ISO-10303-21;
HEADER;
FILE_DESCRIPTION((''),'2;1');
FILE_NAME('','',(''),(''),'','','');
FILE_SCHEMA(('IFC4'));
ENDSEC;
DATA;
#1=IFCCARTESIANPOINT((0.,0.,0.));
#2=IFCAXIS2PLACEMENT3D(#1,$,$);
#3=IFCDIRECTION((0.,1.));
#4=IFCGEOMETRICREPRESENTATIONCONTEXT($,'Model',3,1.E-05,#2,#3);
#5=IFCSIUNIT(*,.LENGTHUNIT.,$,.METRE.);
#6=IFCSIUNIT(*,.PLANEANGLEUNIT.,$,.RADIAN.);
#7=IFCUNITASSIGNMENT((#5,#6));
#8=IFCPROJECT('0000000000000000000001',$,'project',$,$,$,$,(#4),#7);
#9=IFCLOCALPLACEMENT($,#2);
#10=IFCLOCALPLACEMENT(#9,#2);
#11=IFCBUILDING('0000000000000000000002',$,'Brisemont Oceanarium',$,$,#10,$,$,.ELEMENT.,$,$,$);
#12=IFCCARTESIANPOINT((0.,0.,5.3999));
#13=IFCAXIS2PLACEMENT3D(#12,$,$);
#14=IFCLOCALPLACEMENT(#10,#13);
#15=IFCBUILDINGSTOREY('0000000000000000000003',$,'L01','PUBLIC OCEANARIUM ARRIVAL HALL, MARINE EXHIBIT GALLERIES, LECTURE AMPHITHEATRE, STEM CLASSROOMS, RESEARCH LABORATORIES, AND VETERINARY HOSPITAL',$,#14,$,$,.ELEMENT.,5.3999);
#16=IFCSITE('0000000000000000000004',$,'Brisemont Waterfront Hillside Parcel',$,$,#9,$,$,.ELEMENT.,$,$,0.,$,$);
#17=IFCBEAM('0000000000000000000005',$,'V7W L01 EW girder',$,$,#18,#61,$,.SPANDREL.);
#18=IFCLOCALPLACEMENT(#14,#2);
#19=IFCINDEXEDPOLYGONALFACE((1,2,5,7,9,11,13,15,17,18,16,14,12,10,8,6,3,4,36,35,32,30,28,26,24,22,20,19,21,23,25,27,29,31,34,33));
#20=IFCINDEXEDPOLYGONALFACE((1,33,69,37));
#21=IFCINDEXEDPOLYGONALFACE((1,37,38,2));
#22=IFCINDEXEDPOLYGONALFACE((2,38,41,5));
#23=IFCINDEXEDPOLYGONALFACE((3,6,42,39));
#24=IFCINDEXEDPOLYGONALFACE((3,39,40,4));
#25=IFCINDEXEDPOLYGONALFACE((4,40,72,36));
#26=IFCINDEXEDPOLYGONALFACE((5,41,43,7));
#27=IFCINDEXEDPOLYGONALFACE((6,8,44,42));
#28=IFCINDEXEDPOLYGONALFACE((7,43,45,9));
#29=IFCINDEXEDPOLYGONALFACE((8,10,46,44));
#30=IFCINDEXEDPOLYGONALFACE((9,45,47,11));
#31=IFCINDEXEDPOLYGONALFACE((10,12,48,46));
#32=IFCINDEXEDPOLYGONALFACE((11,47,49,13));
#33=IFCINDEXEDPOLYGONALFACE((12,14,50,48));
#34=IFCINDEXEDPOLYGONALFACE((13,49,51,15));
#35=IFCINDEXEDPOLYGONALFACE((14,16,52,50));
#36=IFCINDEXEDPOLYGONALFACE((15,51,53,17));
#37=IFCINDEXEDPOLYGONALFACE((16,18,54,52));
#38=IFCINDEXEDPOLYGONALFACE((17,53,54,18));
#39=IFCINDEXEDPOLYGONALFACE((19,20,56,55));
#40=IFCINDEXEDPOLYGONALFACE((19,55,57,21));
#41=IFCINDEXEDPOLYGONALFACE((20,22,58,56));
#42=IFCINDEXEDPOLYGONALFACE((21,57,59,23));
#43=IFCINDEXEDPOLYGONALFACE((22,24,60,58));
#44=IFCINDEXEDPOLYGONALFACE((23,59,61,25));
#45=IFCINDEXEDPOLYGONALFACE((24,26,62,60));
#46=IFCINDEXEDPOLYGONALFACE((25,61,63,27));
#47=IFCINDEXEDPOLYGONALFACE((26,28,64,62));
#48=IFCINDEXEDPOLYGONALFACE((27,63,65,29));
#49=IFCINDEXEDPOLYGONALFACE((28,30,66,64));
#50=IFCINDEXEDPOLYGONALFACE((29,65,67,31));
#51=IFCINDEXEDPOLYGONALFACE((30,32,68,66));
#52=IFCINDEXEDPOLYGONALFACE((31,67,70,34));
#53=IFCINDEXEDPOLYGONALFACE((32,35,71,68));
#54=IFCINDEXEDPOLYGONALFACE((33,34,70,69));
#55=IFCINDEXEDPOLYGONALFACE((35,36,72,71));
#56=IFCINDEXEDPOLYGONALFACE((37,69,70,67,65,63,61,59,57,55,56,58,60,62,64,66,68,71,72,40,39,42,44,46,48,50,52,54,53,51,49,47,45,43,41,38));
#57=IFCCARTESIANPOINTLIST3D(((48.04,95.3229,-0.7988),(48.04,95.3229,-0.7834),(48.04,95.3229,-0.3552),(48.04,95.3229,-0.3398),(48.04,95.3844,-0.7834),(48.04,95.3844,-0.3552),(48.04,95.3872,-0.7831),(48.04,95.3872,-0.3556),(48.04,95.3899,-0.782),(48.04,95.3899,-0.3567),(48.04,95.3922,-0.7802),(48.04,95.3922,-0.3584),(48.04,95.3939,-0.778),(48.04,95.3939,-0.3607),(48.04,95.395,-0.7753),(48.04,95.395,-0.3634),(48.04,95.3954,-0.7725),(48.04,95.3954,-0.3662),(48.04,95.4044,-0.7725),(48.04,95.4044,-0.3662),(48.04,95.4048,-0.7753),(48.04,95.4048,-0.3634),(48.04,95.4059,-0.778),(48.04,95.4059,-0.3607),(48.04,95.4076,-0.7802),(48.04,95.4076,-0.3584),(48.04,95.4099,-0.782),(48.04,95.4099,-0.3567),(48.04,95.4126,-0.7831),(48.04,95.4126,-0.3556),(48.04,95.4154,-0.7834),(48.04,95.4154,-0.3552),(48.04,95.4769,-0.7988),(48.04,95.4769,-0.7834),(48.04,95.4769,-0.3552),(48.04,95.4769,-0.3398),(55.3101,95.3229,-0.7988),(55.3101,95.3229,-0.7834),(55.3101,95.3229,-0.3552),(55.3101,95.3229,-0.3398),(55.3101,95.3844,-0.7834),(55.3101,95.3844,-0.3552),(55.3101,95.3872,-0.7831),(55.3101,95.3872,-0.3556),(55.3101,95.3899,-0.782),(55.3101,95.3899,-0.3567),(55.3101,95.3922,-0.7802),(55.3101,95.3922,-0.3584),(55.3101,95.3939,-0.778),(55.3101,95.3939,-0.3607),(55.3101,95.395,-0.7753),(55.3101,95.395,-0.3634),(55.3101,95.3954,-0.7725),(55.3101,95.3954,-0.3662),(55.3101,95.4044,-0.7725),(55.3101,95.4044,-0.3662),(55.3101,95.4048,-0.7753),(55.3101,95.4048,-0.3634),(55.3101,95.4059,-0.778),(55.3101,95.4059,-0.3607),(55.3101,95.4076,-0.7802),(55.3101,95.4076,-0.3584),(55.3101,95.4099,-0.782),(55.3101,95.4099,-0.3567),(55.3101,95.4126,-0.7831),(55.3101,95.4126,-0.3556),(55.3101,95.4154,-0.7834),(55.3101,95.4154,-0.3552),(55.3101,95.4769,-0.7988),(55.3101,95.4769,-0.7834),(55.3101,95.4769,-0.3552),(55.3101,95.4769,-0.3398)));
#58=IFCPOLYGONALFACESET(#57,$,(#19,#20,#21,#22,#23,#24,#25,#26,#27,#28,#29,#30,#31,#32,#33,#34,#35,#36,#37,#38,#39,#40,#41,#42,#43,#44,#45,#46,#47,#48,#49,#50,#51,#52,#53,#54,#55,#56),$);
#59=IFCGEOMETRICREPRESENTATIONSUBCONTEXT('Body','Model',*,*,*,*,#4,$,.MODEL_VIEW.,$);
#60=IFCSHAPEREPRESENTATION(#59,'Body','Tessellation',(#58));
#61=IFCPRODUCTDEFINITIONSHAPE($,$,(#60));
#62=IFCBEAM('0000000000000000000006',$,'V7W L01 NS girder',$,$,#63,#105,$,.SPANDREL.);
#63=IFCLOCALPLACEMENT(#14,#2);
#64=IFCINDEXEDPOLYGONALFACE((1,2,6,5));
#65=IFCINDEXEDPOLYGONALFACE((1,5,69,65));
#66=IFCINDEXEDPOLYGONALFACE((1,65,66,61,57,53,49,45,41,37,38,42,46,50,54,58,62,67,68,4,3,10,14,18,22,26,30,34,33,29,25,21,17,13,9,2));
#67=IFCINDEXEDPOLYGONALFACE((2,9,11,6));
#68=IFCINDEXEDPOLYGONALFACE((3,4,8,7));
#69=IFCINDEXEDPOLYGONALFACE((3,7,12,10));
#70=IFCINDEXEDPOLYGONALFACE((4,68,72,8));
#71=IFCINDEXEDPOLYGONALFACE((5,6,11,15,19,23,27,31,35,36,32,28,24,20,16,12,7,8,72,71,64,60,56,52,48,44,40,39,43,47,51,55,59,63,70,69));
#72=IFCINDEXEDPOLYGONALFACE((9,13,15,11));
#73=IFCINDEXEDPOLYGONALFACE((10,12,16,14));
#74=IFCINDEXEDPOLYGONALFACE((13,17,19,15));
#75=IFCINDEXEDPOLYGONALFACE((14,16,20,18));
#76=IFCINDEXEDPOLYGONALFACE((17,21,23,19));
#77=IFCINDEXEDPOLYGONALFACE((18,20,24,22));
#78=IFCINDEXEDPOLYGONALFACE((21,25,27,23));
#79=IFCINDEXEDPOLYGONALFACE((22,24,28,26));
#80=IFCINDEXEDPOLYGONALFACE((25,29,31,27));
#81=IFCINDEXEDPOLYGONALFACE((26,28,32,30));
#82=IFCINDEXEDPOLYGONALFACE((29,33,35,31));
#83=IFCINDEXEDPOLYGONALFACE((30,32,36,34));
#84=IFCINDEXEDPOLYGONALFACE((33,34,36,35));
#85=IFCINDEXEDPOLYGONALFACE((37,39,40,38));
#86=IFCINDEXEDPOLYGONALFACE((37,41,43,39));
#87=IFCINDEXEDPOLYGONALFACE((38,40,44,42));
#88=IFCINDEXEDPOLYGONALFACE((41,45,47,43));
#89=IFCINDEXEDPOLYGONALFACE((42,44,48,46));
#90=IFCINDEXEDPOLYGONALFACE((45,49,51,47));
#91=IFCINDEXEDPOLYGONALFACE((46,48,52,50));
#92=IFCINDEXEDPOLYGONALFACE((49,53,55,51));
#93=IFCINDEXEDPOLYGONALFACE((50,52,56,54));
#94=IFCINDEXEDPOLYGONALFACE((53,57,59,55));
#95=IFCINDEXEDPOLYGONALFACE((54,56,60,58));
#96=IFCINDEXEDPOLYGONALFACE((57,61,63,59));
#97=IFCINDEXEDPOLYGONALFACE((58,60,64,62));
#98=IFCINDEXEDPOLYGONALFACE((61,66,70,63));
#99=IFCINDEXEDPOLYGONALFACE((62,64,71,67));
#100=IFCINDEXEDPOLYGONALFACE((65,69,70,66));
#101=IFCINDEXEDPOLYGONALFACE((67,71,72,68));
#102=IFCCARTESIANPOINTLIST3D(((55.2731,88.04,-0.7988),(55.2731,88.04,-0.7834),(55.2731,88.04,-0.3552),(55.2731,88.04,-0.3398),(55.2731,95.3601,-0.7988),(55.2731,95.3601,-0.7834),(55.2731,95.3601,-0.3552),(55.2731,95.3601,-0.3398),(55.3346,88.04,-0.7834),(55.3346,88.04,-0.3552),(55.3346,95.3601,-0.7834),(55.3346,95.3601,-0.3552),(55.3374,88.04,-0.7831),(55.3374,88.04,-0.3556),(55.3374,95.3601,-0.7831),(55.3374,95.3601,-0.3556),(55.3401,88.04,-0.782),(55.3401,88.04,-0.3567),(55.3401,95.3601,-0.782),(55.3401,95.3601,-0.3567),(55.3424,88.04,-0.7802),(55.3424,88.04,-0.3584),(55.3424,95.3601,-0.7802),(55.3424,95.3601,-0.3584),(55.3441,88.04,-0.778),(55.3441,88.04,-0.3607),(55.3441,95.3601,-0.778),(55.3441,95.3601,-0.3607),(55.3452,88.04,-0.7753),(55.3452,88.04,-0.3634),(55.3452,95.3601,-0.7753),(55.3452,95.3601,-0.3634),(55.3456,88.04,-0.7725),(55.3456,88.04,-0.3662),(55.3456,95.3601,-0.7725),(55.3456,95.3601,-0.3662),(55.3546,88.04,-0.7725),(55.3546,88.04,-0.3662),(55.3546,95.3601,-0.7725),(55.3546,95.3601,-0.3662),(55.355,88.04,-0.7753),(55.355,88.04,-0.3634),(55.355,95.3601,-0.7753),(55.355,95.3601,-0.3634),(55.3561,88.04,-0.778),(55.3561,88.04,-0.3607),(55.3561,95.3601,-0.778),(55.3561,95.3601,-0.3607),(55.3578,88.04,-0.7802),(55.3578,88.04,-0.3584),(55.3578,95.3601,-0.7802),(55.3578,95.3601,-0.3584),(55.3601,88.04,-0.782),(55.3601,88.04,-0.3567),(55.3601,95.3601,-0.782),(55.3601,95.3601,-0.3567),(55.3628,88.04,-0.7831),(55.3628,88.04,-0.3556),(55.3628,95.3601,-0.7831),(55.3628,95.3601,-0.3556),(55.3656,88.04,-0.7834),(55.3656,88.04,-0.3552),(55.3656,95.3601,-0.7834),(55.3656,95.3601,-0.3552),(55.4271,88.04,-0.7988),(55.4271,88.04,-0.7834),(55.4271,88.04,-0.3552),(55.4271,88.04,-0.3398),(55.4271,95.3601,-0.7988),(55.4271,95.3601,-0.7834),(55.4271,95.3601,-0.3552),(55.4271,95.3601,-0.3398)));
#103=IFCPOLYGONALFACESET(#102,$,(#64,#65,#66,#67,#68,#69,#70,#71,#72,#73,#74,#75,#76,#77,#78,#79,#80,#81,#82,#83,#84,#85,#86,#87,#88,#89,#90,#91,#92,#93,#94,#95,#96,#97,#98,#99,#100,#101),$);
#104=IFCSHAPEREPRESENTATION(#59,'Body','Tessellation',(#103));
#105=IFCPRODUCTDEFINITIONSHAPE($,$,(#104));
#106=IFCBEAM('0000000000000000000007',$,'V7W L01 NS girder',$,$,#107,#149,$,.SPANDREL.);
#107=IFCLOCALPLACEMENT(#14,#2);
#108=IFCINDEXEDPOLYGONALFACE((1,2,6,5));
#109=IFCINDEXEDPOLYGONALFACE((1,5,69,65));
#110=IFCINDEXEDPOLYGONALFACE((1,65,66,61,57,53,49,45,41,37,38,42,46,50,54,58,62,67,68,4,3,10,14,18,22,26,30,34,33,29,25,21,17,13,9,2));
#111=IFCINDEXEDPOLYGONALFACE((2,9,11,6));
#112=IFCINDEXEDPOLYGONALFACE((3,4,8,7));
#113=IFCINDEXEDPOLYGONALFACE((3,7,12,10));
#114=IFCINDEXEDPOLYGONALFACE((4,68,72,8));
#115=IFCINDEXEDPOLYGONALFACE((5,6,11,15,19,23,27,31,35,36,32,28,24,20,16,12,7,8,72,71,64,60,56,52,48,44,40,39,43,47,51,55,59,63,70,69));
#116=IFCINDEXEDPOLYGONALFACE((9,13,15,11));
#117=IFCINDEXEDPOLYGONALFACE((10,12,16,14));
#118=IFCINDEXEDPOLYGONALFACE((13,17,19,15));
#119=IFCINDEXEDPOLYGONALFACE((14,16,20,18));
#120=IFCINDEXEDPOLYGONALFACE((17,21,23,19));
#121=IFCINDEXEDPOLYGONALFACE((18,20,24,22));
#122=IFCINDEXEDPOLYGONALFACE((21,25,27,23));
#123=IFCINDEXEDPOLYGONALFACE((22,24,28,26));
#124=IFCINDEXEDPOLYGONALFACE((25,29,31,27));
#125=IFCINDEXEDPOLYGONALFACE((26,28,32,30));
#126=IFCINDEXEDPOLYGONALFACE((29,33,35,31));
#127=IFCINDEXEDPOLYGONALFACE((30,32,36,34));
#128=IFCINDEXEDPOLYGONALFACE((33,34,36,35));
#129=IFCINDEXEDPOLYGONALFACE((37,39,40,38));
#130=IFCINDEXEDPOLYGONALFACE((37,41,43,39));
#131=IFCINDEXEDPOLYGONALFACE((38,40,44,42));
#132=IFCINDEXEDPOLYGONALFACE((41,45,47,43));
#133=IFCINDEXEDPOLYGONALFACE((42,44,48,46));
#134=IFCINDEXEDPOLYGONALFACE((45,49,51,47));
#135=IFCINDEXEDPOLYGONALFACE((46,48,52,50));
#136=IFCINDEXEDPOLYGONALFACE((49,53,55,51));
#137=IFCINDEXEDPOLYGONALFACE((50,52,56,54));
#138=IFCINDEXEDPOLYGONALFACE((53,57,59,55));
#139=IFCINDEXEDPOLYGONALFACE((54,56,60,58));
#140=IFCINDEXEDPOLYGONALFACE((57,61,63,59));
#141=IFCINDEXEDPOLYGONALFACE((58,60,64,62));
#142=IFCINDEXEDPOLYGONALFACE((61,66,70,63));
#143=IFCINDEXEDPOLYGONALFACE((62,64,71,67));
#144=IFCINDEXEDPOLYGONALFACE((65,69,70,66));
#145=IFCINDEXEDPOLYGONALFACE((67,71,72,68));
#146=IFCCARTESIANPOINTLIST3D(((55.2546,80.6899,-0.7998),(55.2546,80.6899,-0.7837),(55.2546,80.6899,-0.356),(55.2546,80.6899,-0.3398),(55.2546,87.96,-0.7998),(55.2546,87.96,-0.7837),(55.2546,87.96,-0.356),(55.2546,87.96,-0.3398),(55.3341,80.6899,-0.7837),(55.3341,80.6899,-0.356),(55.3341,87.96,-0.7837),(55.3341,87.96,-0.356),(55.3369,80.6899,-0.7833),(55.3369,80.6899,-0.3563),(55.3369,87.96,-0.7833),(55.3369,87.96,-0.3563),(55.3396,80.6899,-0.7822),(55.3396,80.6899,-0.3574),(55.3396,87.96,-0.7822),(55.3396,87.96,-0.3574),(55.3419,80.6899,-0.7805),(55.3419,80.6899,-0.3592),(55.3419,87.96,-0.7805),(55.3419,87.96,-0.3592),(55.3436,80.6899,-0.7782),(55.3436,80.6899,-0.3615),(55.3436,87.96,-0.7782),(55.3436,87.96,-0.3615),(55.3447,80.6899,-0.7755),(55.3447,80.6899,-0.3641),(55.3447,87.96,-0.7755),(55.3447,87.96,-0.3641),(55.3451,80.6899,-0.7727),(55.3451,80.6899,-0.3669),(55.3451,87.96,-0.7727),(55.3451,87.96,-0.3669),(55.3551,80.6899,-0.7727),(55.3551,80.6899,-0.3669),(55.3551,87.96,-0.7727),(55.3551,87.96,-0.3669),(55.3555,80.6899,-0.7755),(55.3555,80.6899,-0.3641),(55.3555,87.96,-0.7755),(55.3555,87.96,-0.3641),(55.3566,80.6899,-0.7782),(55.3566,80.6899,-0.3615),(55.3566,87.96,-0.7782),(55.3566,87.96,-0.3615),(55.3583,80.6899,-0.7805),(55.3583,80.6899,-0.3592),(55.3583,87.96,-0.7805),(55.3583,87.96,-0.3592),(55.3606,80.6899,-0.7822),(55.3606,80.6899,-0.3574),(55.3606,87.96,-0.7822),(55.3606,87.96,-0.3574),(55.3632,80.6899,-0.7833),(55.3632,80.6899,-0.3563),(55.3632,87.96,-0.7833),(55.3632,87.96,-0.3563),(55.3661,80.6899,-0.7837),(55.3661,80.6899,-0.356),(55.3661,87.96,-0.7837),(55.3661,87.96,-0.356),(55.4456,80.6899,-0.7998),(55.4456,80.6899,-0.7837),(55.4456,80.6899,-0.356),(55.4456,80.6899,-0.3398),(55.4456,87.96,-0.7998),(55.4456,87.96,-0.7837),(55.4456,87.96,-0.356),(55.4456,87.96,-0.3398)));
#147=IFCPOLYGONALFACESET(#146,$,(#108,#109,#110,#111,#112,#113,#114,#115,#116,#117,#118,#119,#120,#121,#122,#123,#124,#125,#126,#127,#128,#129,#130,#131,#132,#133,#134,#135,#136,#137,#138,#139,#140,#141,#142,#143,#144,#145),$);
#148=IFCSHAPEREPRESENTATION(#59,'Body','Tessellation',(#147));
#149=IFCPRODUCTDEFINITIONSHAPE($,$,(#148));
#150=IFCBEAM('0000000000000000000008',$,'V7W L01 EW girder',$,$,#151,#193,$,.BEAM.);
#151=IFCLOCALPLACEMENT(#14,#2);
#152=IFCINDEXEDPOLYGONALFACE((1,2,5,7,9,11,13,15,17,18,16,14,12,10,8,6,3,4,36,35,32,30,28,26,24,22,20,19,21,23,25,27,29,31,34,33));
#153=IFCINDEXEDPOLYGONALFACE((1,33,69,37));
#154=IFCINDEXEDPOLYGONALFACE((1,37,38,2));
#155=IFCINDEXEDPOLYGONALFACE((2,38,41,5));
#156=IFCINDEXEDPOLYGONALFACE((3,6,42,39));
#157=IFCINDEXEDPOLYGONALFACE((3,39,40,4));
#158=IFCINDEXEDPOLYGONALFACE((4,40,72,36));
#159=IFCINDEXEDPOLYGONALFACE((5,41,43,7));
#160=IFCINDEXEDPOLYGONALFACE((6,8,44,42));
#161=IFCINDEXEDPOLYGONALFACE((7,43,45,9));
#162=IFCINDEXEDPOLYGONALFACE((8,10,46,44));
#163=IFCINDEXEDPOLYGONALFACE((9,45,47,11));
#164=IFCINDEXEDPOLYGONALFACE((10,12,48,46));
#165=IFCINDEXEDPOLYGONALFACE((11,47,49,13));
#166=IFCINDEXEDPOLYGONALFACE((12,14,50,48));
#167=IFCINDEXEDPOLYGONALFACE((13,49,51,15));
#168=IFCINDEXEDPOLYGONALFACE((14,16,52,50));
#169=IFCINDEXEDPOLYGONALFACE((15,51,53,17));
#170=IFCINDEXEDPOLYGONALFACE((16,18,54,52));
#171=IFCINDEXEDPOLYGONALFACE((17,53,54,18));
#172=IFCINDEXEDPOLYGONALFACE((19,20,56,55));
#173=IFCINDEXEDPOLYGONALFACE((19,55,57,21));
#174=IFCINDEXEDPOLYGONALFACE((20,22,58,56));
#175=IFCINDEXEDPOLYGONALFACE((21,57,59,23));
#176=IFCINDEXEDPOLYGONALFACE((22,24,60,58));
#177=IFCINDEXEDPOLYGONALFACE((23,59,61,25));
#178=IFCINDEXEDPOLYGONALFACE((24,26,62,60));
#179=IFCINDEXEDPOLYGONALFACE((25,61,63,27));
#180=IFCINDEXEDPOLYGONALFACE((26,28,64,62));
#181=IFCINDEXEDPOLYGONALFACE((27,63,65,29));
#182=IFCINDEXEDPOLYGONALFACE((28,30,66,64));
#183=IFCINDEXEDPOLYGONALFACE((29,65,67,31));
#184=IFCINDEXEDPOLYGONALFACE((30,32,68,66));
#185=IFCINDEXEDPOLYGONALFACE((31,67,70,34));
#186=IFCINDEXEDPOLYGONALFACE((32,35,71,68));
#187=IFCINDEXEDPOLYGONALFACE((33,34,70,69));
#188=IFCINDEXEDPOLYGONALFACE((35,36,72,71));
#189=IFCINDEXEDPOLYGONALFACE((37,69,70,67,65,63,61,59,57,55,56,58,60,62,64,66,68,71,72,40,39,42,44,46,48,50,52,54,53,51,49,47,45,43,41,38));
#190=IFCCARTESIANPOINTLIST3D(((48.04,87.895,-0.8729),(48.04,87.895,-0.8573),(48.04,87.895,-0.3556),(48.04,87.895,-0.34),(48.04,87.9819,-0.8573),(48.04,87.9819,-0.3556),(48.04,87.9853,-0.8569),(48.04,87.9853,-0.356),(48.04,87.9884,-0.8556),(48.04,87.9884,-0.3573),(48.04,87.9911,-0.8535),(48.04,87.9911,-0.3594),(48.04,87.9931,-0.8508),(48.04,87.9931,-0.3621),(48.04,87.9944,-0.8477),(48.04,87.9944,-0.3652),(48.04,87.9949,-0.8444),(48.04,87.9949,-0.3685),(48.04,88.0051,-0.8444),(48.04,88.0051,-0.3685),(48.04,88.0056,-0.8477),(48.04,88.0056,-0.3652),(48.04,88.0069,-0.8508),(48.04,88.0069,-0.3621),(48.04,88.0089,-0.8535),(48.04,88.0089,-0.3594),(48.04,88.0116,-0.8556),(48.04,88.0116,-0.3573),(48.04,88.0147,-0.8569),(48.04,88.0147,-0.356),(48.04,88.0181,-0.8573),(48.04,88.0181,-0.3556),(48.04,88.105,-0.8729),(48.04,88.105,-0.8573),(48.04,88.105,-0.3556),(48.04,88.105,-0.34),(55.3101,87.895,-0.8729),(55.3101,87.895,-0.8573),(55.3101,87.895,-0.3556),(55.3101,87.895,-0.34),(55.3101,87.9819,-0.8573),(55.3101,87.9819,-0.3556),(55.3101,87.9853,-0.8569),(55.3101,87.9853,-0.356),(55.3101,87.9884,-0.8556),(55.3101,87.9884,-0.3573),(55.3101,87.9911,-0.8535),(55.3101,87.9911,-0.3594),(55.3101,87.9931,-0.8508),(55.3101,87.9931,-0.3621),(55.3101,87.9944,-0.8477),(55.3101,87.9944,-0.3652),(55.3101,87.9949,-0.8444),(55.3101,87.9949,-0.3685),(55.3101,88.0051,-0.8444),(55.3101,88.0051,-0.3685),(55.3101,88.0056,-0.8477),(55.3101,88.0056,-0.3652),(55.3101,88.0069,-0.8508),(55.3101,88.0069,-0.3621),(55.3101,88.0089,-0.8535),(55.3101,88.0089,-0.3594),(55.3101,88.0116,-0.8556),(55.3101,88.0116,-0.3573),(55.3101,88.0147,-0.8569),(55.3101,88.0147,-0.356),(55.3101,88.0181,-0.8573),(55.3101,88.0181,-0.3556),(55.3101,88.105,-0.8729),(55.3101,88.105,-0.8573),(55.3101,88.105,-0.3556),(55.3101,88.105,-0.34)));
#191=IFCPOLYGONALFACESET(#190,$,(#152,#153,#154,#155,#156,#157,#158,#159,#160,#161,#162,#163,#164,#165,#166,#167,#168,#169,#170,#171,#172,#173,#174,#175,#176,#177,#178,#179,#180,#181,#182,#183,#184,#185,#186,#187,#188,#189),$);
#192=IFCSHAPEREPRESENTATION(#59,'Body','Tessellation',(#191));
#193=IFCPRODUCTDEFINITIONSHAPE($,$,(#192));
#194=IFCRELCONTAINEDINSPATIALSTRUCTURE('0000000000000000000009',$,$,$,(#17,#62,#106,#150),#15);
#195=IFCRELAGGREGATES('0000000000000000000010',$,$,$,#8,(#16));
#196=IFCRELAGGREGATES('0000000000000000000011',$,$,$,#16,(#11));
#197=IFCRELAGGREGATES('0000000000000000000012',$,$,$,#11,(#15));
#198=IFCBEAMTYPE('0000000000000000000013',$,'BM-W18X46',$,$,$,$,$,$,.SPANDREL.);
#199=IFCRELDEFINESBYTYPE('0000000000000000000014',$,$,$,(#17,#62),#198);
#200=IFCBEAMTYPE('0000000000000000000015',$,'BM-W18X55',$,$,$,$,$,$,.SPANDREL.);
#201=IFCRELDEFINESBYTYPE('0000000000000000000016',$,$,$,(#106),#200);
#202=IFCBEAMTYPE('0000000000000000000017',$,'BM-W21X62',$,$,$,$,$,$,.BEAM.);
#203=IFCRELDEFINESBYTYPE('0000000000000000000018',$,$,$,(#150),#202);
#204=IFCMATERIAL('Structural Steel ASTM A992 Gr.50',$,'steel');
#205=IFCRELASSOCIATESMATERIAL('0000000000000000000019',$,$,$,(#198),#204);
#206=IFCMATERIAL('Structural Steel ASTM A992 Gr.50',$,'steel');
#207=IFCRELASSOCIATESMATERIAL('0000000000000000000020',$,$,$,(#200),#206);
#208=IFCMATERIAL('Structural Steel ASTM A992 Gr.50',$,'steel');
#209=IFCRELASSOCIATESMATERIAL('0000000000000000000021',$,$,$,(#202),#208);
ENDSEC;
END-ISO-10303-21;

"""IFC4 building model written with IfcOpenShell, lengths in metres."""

from ifc_helpers import new_model, si_unit, direction, frame, origin, origin_2d, place, context, subcontext, project, spatial, i_section, extrude, material, material_profile, profile_set, type_object, element, save


model = new_model("IFC4")

# Units and contexts
model_context = context("Model", 3, precision=1e-05, world=origin(), true_north=direction((0.0, 1.0)))
body_context = subcontext(model_context, "Body", "Model", "MODEL_VIEW")
ifc_project = project(units=[si_unit("LENGTHUNIT", "METRE"), si_unit("PLANEANGLEUNIT", "RADIAN")], contexts=[model_context])

# Site, building, storey
site_placement = place(None, origin())
site = spatial("IfcSite", under=ifc_project, at=site_placement, Name="Brisemont Waterfront Hillside Parcel", CompositionType="ELEMENT", RefElevation=0.0)
building_placement = place(site_placement, origin())
building = spatial("IfcBuilding", under=site, at=building_placement, Name="Brisemont Oceanarium", CompositionType="ELEMENT")
storey_placement = place(building_placement, frame((0.0, 0.0, 5.3999)))
storey = spatial("IfcBuildingStorey", under=building, at=storey_placement, Name="L01", Description="PUBLIC OCEANARIUM ARRIVAL HALL, MARINE EXHIBIT GALLERIES, LECTURE AMPHITHEATRE, STEM CLASSROOMS, RESEARCH LABORATORIES, AND VETERINARY HOSPITAL", CompositionType="ELEMENT", Elevation=5.3999)

# Beams
ifc_material_1 = material(Name="Structural Steel ASTM A992 Gr.50", Category="steel")
ifc_material_profile_1 = material_profile(ifc_material_1, i_section(OverallWidth=0.1541, OverallDepth=0.459, WebThickness=0.009, FlangeThickness=0.0154, FilletRadius=0.011, at=origin_2d()), Name="W18X46")
ifc_profile_set_1 = profile_set([ifc_material_profile_1], Name="Structural Steel ASTM A992 Gr.50")
beam_type_1 = type_object("IfcBeamType", Name="BM-W18X46", PredefinedType="SPANDREL", material=ifc_profile_set_1)
beam_1_placement = place(storey_placement, frame((48.04, 95.3999, -0.5693), z_axis=(1.0, 0.0, 0.0), x_axis=(0.0, 1.0, 0.0)))
element("IfcBeam", 1, at=beam_1_placement, inside=storey, type_object=beam_type_1, Name="V7W L01 EW girder", PredefinedType="SPANDREL", context=body_context, shape_type="SweptSolid", body=[
    extrude(i_section(OverallWidth=0.1541, OverallDepth=0.459, WebThickness=0.009, FlangeThickness=0.0154, FilletRadius=0.011, at=origin_2d()), origin(), (0.0, 0.0, 1.0), 7.27),
])
beam_2_placement = place(storey_placement, frame((55.3501, 88.04, -0.5693), z_axis=(0.0, 1.0, 0.0), x_axis=(-1.0, 0.0, 0.0)))
element("IfcBeam", 2, at=beam_2_placement, inside=storey, type_object=beam_type_1, Name="V7W L01 NS girder", PredefinedType="SPANDREL", context=body_context, shape_type="SweptSolid", body=[
    extrude(i_section(OverallWidth=0.1541, OverallDepth=0.459, WebThickness=0.009, FlangeThickness=0.0154, FilletRadius=0.011, at=origin_2d()), origin(), (0.0, 0.0, 1.0), 7.3201),
])
ifc_material_2 = material(Name="Structural Steel ASTM A992 Gr.50", Category="steel")
ifc_material_profile_2 = material_profile(ifc_material_2, i_section(OverallWidth=0.1909, OverallDepth=0.46, WebThickness=0.01, FlangeThickness=0.0161, FilletRadius=0.011, at=origin_2d()), Name="W18X55")
ifc_profile_set_2 = profile_set([ifc_material_profile_2], Name="Structural Steel ASTM A992 Gr.50")
beam_type_2 = type_object("IfcBeamType", Name="BM-W18X55", PredefinedType="SPANDREL", material=ifc_profile_set_2)
beam_3_placement = place(storey_placement, frame((55.3501, 80.6899, -0.5698), z_axis=(0.0, 1.0, 0.0), x_axis=(-1.0, 0.0, 0.0)))
element("IfcBeam", 3, at=beam_3_placement, inside=storey, type_object=beam_type_2, Name="V7W L01 NS girder", PredefinedType="SPANDREL", context=body_context, shape_type="SweptSolid", body=[
    extrude(i_section(OverallWidth=0.1909, OverallDepth=0.46, WebThickness=0.01, FlangeThickness=0.0161, FilletRadius=0.011, at=origin_2d()), origin(), (0.0, 0.0, 1.0), 7.27),
])
ifc_material_3 = material(Name="Structural Steel ASTM A992 Gr.50", Category="steel")
ifc_material_profile_3 = material_profile(ifc_material_3, i_section(OverallWidth=0.21, OverallDepth=0.533, WebThickness=0.0103, FlangeThickness=0.0156, FilletRadius=0.0129, at=origin_2d()), Name="W21X62")
ifc_profile_set_3 = profile_set([ifc_material_profile_3], Name="Structural Steel ASTM A992 Gr.50")
beam_type_3 = type_object("IfcBeamType", Name="BM-W21X62", PredefinedType="BEAM", material=ifc_profile_set_3)
for number, where, z_axis, x_axis, name in (
    (4, (48.04, 88.0, -0.6064), (1.0, 0.0, 0.0), (0.0, 1.0, 0.0), "V7W L01 EW girder"),
):
    element("IfcBeam", number, at=place(storey_placement, frame(where, z_axis=z_axis, x_axis=x_axis)), inside=storey, type_object=beam_type_3, Name=name, PredefinedType="BEAM", context=body_context, shape_type="SweptSolid", body=[
        extrude(i_section(OverallWidth=0.21, OverallDepth=0.533, WebThickness=0.0103, FlangeThickness=0.0156, FilletRadius=0.0129, at=origin_2d()), origin(), (0.0, 0.0, 1.0), 7.27),
    ])

save(model, "model.ifc")
